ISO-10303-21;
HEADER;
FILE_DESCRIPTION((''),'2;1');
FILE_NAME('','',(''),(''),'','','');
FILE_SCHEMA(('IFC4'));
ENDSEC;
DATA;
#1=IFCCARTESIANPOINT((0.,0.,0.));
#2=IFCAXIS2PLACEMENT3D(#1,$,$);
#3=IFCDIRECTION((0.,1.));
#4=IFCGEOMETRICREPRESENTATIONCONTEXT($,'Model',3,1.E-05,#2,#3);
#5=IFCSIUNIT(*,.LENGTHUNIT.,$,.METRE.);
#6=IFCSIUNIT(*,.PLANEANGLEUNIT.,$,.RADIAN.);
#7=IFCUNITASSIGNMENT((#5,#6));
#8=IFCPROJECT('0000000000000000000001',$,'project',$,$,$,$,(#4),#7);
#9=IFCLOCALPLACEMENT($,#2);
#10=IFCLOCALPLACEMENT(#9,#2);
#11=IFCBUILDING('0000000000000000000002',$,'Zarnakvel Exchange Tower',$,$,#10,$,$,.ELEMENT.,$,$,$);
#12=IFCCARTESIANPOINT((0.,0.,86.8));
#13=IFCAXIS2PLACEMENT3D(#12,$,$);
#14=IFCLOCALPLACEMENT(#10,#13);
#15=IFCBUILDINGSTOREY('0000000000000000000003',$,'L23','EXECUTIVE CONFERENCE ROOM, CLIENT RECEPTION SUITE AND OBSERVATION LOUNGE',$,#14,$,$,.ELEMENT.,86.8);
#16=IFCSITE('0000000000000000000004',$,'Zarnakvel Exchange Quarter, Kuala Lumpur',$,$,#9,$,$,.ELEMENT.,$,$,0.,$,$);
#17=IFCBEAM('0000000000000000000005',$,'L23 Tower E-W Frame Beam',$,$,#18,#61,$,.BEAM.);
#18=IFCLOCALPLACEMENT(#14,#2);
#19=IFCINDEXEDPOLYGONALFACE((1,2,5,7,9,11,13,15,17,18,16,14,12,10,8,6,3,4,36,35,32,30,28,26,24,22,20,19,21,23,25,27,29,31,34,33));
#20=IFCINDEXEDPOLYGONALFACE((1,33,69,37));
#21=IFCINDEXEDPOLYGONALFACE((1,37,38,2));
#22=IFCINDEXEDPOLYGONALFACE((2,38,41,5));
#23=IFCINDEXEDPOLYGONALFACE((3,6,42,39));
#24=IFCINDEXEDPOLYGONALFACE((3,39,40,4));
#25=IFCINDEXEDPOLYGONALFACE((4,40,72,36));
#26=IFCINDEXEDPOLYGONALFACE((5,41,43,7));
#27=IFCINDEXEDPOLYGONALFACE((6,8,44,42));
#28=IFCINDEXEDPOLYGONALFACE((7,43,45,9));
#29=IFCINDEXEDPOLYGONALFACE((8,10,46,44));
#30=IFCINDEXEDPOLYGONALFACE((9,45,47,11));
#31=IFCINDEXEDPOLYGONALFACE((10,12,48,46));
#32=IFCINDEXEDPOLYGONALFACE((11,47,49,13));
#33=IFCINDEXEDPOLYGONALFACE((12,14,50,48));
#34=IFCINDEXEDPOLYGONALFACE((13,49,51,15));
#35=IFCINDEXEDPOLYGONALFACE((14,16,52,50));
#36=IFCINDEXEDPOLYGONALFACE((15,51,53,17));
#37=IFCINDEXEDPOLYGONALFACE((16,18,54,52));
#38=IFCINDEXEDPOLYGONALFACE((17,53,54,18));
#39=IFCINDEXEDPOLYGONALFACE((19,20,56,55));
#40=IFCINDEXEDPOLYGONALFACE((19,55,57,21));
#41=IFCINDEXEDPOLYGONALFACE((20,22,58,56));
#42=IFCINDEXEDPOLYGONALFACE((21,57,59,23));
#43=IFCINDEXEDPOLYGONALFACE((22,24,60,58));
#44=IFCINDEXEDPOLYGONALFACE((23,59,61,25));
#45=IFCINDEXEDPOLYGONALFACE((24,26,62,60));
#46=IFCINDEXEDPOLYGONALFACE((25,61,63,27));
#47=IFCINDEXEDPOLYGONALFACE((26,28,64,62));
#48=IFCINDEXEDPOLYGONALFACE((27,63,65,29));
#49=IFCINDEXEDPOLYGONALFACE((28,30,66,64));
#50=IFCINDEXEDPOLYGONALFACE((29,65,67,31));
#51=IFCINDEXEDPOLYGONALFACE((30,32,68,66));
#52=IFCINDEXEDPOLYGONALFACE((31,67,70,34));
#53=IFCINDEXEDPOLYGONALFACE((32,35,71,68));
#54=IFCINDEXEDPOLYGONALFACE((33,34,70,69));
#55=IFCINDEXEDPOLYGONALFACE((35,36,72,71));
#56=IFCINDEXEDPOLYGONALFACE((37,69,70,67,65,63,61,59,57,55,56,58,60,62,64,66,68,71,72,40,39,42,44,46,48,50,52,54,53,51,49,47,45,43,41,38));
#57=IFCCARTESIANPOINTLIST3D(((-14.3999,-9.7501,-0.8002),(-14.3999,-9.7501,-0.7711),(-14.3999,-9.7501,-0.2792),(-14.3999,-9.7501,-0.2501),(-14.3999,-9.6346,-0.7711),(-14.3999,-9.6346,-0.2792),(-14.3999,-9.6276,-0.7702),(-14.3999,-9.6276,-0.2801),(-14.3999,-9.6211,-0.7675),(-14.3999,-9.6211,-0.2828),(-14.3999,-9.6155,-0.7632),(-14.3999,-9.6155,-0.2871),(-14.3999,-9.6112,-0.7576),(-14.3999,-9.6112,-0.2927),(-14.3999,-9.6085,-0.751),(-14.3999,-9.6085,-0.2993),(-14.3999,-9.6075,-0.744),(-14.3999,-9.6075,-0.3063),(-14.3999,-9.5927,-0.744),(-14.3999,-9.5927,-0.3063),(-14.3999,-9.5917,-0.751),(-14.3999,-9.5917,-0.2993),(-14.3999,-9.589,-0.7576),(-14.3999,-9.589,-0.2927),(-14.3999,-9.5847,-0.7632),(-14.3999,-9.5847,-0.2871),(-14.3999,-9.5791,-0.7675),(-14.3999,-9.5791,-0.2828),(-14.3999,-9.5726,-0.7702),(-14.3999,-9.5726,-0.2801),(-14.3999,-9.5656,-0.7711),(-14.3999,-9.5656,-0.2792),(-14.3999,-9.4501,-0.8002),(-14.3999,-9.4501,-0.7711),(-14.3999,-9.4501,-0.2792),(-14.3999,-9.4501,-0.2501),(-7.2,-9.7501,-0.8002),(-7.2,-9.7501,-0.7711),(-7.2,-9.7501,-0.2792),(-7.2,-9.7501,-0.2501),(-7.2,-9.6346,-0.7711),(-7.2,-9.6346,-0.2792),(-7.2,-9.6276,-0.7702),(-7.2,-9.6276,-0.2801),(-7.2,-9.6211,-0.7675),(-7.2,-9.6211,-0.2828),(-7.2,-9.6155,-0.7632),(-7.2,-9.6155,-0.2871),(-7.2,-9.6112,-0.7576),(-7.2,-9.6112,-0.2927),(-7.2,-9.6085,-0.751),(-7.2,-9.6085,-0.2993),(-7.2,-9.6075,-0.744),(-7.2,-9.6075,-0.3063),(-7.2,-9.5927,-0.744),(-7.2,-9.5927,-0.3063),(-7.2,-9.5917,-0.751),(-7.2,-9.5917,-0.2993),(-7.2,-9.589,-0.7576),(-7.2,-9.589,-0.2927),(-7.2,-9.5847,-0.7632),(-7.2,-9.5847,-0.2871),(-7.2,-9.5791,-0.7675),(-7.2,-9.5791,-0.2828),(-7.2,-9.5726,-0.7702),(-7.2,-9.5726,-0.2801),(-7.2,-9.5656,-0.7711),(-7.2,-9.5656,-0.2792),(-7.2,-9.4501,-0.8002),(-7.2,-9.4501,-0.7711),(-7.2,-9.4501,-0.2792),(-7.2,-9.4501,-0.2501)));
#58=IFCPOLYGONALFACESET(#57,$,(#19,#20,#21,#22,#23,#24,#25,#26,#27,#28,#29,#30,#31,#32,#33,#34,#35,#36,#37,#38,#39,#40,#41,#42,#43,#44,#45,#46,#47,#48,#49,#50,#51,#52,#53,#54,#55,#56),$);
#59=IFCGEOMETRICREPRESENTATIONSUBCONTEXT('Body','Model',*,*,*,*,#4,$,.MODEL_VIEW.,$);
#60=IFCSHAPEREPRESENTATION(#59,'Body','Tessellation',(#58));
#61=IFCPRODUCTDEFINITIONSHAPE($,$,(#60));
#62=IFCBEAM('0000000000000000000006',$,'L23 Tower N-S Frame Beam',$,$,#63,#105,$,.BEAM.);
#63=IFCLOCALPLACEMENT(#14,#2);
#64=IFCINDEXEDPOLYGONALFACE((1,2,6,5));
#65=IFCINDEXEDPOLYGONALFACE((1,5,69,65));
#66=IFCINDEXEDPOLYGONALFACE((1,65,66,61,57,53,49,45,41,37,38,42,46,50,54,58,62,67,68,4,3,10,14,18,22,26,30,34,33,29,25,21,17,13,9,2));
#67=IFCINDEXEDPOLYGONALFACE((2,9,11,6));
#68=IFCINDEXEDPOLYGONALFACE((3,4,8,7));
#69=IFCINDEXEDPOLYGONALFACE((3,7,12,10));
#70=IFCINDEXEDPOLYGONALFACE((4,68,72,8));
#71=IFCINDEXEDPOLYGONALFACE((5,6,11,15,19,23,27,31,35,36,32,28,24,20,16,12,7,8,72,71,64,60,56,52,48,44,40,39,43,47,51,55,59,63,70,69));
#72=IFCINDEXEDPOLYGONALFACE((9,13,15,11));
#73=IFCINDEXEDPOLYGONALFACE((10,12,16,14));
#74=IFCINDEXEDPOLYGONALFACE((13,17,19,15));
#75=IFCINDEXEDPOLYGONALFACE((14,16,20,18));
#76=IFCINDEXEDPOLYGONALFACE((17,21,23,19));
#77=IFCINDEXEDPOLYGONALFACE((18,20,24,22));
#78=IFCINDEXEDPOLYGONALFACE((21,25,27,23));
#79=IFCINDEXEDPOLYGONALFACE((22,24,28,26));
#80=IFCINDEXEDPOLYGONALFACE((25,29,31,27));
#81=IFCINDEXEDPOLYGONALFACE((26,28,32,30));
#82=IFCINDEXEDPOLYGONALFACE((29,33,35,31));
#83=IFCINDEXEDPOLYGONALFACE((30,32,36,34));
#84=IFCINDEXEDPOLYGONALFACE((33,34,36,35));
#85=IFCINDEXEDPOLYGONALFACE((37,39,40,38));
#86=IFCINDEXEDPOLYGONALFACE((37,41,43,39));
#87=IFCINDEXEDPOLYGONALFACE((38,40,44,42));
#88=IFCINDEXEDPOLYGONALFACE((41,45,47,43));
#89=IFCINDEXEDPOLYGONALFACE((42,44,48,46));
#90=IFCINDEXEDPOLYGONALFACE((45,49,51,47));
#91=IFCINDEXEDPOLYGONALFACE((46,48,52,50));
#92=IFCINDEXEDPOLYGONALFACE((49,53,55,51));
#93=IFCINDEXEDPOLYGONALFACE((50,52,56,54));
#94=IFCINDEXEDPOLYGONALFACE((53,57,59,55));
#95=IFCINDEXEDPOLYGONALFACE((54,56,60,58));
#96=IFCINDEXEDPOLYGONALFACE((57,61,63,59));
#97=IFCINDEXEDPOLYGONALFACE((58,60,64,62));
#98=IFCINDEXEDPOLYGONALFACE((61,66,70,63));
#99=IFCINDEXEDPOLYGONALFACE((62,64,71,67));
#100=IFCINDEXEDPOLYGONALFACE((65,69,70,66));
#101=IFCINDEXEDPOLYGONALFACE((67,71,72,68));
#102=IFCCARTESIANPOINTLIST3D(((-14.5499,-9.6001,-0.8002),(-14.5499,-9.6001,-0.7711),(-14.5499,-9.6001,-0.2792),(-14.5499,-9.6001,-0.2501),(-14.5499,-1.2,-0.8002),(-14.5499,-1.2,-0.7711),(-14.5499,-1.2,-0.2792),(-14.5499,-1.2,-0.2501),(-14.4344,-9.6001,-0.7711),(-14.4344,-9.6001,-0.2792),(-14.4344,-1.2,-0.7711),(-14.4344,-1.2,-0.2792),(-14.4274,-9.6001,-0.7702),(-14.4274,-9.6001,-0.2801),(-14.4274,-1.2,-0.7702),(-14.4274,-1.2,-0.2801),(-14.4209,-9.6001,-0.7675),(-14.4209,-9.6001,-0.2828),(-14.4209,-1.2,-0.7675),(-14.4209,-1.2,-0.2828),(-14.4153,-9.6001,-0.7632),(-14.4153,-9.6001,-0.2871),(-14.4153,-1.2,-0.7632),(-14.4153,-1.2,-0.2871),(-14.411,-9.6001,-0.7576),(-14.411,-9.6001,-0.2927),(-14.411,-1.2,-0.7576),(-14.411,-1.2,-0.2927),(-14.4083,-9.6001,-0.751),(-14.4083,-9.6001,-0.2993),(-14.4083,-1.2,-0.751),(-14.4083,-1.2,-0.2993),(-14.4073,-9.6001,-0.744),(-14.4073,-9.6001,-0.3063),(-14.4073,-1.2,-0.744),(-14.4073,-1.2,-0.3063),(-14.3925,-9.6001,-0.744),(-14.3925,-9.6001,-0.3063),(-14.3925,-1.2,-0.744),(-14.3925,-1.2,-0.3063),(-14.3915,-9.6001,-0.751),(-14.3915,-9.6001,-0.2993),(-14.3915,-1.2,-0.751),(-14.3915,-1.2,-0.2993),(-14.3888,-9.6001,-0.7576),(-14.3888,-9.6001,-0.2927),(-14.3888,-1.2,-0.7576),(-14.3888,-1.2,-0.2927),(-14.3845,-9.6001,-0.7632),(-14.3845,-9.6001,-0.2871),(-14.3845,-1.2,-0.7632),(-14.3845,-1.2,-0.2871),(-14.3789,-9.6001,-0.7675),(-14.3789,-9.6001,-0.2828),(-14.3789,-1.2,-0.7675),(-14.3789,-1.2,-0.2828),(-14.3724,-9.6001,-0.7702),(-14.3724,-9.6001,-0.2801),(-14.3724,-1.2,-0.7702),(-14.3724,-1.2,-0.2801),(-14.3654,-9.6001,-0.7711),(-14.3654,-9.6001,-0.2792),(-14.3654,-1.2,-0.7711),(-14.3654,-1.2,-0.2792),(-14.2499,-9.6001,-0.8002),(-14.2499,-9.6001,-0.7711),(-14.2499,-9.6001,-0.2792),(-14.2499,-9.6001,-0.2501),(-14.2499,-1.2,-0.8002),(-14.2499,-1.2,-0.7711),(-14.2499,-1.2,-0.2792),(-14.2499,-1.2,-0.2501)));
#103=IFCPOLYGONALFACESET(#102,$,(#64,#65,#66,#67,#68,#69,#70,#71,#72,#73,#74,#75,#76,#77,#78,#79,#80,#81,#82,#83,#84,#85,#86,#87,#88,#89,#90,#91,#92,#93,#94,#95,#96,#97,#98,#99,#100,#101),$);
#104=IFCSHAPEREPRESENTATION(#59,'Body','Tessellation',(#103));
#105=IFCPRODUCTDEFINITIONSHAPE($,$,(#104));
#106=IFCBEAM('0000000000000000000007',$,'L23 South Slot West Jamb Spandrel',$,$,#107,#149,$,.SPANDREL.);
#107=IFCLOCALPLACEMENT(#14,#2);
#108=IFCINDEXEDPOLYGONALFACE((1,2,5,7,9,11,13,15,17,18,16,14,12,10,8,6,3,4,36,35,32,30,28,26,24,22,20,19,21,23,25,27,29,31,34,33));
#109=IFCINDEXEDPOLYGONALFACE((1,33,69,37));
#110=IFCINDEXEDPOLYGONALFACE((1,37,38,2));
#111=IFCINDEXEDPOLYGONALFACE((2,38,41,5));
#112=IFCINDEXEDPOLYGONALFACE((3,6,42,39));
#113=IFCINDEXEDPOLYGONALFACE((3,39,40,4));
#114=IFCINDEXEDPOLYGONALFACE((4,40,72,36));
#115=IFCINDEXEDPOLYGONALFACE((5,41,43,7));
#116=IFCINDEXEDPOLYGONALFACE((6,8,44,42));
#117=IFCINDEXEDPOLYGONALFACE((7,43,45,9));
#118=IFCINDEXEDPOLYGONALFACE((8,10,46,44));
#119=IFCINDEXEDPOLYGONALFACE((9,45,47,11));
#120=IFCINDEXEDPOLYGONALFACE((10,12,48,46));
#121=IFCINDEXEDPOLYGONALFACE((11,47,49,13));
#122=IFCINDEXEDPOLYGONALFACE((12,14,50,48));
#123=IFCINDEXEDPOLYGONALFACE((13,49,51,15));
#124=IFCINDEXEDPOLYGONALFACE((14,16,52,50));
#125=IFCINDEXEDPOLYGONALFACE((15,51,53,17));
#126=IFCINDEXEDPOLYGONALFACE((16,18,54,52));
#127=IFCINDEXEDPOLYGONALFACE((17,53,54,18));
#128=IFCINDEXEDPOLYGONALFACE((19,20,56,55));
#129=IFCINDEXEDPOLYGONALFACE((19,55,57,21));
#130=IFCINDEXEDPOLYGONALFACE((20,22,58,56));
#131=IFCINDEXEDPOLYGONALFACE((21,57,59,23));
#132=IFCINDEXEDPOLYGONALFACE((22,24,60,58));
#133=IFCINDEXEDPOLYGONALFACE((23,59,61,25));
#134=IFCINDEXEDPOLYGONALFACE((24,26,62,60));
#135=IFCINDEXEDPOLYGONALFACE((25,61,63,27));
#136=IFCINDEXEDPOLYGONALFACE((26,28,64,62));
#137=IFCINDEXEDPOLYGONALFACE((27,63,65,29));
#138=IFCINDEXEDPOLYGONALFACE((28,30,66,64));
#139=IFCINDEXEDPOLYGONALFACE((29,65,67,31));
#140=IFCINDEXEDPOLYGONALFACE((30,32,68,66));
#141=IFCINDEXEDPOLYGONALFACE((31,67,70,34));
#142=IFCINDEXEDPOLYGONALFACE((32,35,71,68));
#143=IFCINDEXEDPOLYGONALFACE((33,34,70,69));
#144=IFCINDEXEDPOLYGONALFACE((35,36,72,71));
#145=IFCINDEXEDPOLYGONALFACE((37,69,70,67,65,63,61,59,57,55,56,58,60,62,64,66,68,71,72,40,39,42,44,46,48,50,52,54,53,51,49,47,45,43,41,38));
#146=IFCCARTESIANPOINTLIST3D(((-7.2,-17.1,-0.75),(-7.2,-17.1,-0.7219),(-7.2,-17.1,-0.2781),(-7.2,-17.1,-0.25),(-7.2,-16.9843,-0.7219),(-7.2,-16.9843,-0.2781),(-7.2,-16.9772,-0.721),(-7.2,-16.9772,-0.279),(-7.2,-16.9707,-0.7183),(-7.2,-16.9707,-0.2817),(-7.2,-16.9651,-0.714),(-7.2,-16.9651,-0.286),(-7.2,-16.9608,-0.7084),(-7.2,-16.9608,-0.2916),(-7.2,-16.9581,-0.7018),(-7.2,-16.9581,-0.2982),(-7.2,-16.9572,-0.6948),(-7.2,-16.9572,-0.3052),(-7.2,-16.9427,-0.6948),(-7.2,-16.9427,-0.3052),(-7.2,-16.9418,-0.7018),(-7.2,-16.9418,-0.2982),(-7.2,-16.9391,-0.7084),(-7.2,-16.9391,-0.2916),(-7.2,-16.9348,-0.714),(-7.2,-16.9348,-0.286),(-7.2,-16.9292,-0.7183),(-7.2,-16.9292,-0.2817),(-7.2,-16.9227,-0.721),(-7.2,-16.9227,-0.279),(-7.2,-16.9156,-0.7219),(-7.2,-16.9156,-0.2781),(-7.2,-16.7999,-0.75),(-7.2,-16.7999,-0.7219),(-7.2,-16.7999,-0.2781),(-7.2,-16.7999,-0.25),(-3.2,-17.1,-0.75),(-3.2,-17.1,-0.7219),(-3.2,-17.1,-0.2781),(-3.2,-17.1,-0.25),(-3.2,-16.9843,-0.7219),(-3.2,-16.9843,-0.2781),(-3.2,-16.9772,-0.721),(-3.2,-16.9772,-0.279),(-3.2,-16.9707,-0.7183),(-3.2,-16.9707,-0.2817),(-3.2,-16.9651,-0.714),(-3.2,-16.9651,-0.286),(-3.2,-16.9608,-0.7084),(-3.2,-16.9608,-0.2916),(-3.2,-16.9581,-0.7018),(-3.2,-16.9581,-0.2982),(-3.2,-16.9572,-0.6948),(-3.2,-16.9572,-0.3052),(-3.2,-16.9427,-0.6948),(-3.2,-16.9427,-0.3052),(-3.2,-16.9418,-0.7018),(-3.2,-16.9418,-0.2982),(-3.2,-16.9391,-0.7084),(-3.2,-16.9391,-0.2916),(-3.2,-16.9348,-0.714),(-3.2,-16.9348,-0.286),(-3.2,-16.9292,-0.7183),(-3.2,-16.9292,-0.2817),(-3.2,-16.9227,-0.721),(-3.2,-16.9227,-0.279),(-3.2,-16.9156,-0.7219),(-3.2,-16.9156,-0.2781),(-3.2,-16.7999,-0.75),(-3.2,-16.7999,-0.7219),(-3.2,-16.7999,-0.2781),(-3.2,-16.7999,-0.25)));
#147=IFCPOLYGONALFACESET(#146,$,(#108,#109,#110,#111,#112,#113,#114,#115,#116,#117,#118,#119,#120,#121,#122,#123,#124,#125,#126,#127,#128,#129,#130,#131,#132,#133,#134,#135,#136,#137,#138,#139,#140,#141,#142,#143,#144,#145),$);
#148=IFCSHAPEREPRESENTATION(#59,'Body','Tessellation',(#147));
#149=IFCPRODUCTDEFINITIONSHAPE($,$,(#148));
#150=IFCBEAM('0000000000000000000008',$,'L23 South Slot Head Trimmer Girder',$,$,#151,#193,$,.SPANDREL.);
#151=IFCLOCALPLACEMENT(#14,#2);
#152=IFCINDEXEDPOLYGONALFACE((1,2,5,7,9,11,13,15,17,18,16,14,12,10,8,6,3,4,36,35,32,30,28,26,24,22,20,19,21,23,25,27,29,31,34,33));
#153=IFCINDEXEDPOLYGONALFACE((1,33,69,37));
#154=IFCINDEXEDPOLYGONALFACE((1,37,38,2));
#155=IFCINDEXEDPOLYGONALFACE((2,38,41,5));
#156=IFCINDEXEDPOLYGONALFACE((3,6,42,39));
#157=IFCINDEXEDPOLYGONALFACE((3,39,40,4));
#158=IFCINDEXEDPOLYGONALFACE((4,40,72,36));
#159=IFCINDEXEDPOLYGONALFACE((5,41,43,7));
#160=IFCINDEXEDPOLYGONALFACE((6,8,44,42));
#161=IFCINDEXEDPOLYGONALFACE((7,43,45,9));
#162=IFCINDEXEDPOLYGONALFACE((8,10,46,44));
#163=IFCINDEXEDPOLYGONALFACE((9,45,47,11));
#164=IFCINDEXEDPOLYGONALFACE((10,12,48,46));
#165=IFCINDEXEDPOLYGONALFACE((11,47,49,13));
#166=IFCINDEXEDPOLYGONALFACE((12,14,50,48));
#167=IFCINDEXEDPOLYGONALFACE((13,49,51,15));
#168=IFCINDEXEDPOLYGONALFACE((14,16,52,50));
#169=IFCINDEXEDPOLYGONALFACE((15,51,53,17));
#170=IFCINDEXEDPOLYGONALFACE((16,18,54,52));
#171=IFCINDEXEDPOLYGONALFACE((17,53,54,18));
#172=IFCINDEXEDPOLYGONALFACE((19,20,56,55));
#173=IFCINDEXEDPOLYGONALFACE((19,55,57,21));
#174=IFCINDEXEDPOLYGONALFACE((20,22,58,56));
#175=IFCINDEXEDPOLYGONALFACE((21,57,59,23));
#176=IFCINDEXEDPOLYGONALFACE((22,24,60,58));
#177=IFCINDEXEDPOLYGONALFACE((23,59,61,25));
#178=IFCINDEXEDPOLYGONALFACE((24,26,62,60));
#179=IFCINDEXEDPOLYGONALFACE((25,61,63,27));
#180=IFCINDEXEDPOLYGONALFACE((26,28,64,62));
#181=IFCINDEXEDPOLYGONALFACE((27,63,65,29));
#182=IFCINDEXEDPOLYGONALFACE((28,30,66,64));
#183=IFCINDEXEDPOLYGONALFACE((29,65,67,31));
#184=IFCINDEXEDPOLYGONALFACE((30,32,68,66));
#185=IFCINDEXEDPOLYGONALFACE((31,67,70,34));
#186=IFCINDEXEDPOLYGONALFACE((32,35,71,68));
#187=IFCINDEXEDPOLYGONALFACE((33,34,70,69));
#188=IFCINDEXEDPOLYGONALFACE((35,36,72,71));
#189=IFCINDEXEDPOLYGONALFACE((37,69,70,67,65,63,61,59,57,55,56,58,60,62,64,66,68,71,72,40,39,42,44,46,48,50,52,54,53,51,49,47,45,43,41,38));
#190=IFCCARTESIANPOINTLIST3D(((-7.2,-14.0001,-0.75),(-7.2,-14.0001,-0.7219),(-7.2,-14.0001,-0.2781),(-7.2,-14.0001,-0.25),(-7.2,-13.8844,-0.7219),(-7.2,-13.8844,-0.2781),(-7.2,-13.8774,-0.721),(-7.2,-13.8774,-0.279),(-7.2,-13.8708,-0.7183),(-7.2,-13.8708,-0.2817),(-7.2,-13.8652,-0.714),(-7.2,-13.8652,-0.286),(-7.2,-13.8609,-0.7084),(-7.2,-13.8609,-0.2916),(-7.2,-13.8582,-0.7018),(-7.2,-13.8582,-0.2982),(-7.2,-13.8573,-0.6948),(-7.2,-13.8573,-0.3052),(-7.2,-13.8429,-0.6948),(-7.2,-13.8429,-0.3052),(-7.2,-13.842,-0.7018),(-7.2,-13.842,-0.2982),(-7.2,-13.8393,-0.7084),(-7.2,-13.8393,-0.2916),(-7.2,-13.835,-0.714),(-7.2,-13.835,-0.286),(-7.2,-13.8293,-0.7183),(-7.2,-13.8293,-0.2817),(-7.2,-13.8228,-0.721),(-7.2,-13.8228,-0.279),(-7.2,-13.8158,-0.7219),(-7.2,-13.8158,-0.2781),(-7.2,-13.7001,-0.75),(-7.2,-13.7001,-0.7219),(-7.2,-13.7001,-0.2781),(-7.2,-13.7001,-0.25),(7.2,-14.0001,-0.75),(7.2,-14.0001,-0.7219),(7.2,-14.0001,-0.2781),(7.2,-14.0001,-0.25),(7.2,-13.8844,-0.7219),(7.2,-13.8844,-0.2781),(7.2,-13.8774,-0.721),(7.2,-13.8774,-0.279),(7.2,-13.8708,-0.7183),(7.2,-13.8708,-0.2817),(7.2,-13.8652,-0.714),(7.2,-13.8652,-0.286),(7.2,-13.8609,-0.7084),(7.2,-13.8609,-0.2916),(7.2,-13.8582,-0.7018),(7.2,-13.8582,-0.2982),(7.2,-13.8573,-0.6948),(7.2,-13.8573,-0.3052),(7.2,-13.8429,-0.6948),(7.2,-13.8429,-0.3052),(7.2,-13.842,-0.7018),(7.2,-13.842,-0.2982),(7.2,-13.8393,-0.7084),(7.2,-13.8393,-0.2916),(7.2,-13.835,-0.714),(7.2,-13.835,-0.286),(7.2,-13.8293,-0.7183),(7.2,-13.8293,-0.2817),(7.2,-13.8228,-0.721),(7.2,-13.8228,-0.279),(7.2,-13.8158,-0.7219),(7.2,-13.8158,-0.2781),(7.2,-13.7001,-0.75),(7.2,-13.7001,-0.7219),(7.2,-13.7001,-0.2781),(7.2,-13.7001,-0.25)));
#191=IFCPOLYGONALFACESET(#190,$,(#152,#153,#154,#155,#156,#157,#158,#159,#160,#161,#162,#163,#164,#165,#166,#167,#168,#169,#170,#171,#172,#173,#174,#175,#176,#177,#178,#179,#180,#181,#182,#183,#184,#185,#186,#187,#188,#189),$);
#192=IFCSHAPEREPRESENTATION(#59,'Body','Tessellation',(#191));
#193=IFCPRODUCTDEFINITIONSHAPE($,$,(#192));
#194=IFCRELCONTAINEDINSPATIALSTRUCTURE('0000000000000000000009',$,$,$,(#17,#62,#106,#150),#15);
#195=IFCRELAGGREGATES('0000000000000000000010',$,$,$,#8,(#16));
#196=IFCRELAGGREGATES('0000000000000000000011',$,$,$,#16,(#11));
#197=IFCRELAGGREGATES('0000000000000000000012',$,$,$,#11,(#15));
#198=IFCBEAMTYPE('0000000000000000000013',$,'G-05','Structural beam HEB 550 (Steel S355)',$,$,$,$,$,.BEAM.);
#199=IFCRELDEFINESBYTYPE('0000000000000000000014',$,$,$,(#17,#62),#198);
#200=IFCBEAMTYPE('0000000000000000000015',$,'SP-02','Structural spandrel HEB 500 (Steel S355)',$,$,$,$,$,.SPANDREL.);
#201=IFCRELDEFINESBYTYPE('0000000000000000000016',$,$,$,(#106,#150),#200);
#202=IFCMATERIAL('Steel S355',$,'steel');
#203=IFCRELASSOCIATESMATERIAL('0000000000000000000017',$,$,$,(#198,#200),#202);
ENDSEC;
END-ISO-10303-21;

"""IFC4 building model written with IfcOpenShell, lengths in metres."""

from ifc_helpers import new_model, si_unit, direction, frame, origin, origin_2d, place, context, subcontext, project, spatial, i_section, extrude, material, material_profile, profile_set, type_object, element, save


model = new_model("IFC4")

# Units and contexts
model_context = context("Model", 3, precision=1e-05, world=origin(), true_north=direction((0.0, 1.0)))
body_context = subcontext(model_context, "Body", "Model", "MODEL_VIEW")
ifc_project = project(units=[si_unit("LENGTHUNIT", "METRE"), si_unit("PLANEANGLEUNIT", "RADIAN")], contexts=[model_context])

# Site, building, storey
site_placement = place(None, origin())
site = spatial("IfcSite", under=ifc_project, at=site_placement, Name="Zarnakvel Exchange Quarter, Kuala Lumpur", CompositionType="ELEMENT", RefElevation=0.0)
building_placement = place(site_placement, origin())
building = spatial("IfcBuilding", under=site, at=building_placement, Name="Zarnakvel Exchange Tower", CompositionType="ELEMENT")
storey_placement = place(building_placement, frame((0.0, 0.0, 86.8)))
storey = spatial("IfcBuildingStorey", under=building, at=storey_placement, Name="L23", Description="EXECUTIVE CONFERENCE ROOM, CLIENT RECEPTION SUITE AND OBSERVATION LOUNGE", CompositionType="ELEMENT", Elevation=86.8)

# Beams
ifc_material_1 = material(Name="Steel S355", Category="steel")
ifc_material_profile_1 = material_profile(ifc_material_1, i_section(OverallWidth=0.3, OverallDepth=0.55, WebThickness=0.0149, FlangeThickness=0.0291, FilletRadius=0.0271, at=origin_2d()))
ifc_profile_set_1 = profile_set([ifc_material_profile_1], Name="Steel S355")
beam_type_1 = type_object("IfcBeamType", Name="G-05", Description="Structural beam HEB 550 (Steel S355)", PredefinedType="BEAM", material=ifc_profile_set_1)
beam_1_placement = place(storey_placement, frame((-14.3999, -9.6001, -0.5251), z_axis=(1.0, 0.0, 0.0), x_axis=(0.0, 1.0, 0.0)))
element("IfcBeam", 1, at=beam_1_placement, inside=storey, type_object=beam_type_1, Name="L23 Tower E-W Frame Beam", PredefinedType="BEAM", context=body_context, shape_type="SweptSolid", body=[
    extrude(i_section(OverallWidth=0.3, OverallDepth=0.55, WebThickness=0.0149, FlangeThickness=0.0291, FilletRadius=0.0271, at=origin_2d()), origin(), (0.0, 0.0, 1.0), 7.2),
])
beam_2_placement = place(storey_placement, frame((-14.3999, -9.6001, -0.5251), z_axis=(0.0, 1.0, 0.0), x_axis=(-1.0, 0.0, 0.0)))
element("IfcBeam", 2, at=beam_2_placement, inside=storey, type_object=beam_type_1, Name="L23 Tower N-S Frame Beam", PredefinedType="BEAM", context=body_context, shape_type="SweptSolid", body=[
    extrude(i_section(OverallWidth=0.3, OverallDepth=0.55, WebThickness=0.0149, FlangeThickness=0.0291, FilletRadius=0.0271, at=origin_2d()), origin(), (0.0, 0.0, 1.0), 8.4001),
])
ifc_material_profile_2 = material_profile(ifc_material_1, i_section(OverallWidth=0.3, OverallDepth=0.5, WebThickness=0.0144, FlangeThickness=0.0281, FilletRadius=0.0271, at=origin_2d()))
ifc_profile_set_2 = profile_set([ifc_material_profile_2], Name="Steel S355")
beam_type_2 = type_object("IfcBeamType", Name="SP-02", Description="Structural spandrel HEB 500 (Steel S355)", PredefinedType="SPANDREL", material=ifc_profile_set_2)
beam_3_placement = place(storey_placement, frame((-7.2, -16.95, -0.5), z_axis=(1.0, 0.0, 0.0), x_axis=(0.0, 1.0, 0.0)))
element("IfcBeam", 3, at=beam_3_placement, inside=storey, type_object=beam_type_2, Name="L23 South Slot West Jamb Spandrel", PredefinedType="SPANDREL", context=body_context, shape_type="SweptSolid", body=[
    extrude(i_section(OverallWidth=0.3, OverallDepth=0.5, WebThickness=0.0144, FlangeThickness=0.0281, FilletRadius=0.0271, at=origin_2d()), origin(), (0.0, 0.0, 1.0), 4.0),
])
beam_4_placement = place(storey_placement, frame((-7.2, -13.8501, -0.5), z_axis=(1.0, 0.0, 0.0), x_axis=(0.0, 1.0, 0.0)))
element("IfcBeam", 4, at=beam_4_placement, inside=storey, type_object=beam_type_2, Name="L23 South Slot Head Trimmer Girder", PredefinedType="SPANDREL", context=body_context, shape_type="SweptSolid", body=[
    extrude(i_section(OverallWidth=0.3, OverallDepth=0.5, WebThickness=0.0144, FlangeThickness=0.0281, FilletRadius=0.0271, at=origin_2d()), origin(), (0.0, 0.0, 1.0), 14.3999),
])

save(model, "model.ifc")
